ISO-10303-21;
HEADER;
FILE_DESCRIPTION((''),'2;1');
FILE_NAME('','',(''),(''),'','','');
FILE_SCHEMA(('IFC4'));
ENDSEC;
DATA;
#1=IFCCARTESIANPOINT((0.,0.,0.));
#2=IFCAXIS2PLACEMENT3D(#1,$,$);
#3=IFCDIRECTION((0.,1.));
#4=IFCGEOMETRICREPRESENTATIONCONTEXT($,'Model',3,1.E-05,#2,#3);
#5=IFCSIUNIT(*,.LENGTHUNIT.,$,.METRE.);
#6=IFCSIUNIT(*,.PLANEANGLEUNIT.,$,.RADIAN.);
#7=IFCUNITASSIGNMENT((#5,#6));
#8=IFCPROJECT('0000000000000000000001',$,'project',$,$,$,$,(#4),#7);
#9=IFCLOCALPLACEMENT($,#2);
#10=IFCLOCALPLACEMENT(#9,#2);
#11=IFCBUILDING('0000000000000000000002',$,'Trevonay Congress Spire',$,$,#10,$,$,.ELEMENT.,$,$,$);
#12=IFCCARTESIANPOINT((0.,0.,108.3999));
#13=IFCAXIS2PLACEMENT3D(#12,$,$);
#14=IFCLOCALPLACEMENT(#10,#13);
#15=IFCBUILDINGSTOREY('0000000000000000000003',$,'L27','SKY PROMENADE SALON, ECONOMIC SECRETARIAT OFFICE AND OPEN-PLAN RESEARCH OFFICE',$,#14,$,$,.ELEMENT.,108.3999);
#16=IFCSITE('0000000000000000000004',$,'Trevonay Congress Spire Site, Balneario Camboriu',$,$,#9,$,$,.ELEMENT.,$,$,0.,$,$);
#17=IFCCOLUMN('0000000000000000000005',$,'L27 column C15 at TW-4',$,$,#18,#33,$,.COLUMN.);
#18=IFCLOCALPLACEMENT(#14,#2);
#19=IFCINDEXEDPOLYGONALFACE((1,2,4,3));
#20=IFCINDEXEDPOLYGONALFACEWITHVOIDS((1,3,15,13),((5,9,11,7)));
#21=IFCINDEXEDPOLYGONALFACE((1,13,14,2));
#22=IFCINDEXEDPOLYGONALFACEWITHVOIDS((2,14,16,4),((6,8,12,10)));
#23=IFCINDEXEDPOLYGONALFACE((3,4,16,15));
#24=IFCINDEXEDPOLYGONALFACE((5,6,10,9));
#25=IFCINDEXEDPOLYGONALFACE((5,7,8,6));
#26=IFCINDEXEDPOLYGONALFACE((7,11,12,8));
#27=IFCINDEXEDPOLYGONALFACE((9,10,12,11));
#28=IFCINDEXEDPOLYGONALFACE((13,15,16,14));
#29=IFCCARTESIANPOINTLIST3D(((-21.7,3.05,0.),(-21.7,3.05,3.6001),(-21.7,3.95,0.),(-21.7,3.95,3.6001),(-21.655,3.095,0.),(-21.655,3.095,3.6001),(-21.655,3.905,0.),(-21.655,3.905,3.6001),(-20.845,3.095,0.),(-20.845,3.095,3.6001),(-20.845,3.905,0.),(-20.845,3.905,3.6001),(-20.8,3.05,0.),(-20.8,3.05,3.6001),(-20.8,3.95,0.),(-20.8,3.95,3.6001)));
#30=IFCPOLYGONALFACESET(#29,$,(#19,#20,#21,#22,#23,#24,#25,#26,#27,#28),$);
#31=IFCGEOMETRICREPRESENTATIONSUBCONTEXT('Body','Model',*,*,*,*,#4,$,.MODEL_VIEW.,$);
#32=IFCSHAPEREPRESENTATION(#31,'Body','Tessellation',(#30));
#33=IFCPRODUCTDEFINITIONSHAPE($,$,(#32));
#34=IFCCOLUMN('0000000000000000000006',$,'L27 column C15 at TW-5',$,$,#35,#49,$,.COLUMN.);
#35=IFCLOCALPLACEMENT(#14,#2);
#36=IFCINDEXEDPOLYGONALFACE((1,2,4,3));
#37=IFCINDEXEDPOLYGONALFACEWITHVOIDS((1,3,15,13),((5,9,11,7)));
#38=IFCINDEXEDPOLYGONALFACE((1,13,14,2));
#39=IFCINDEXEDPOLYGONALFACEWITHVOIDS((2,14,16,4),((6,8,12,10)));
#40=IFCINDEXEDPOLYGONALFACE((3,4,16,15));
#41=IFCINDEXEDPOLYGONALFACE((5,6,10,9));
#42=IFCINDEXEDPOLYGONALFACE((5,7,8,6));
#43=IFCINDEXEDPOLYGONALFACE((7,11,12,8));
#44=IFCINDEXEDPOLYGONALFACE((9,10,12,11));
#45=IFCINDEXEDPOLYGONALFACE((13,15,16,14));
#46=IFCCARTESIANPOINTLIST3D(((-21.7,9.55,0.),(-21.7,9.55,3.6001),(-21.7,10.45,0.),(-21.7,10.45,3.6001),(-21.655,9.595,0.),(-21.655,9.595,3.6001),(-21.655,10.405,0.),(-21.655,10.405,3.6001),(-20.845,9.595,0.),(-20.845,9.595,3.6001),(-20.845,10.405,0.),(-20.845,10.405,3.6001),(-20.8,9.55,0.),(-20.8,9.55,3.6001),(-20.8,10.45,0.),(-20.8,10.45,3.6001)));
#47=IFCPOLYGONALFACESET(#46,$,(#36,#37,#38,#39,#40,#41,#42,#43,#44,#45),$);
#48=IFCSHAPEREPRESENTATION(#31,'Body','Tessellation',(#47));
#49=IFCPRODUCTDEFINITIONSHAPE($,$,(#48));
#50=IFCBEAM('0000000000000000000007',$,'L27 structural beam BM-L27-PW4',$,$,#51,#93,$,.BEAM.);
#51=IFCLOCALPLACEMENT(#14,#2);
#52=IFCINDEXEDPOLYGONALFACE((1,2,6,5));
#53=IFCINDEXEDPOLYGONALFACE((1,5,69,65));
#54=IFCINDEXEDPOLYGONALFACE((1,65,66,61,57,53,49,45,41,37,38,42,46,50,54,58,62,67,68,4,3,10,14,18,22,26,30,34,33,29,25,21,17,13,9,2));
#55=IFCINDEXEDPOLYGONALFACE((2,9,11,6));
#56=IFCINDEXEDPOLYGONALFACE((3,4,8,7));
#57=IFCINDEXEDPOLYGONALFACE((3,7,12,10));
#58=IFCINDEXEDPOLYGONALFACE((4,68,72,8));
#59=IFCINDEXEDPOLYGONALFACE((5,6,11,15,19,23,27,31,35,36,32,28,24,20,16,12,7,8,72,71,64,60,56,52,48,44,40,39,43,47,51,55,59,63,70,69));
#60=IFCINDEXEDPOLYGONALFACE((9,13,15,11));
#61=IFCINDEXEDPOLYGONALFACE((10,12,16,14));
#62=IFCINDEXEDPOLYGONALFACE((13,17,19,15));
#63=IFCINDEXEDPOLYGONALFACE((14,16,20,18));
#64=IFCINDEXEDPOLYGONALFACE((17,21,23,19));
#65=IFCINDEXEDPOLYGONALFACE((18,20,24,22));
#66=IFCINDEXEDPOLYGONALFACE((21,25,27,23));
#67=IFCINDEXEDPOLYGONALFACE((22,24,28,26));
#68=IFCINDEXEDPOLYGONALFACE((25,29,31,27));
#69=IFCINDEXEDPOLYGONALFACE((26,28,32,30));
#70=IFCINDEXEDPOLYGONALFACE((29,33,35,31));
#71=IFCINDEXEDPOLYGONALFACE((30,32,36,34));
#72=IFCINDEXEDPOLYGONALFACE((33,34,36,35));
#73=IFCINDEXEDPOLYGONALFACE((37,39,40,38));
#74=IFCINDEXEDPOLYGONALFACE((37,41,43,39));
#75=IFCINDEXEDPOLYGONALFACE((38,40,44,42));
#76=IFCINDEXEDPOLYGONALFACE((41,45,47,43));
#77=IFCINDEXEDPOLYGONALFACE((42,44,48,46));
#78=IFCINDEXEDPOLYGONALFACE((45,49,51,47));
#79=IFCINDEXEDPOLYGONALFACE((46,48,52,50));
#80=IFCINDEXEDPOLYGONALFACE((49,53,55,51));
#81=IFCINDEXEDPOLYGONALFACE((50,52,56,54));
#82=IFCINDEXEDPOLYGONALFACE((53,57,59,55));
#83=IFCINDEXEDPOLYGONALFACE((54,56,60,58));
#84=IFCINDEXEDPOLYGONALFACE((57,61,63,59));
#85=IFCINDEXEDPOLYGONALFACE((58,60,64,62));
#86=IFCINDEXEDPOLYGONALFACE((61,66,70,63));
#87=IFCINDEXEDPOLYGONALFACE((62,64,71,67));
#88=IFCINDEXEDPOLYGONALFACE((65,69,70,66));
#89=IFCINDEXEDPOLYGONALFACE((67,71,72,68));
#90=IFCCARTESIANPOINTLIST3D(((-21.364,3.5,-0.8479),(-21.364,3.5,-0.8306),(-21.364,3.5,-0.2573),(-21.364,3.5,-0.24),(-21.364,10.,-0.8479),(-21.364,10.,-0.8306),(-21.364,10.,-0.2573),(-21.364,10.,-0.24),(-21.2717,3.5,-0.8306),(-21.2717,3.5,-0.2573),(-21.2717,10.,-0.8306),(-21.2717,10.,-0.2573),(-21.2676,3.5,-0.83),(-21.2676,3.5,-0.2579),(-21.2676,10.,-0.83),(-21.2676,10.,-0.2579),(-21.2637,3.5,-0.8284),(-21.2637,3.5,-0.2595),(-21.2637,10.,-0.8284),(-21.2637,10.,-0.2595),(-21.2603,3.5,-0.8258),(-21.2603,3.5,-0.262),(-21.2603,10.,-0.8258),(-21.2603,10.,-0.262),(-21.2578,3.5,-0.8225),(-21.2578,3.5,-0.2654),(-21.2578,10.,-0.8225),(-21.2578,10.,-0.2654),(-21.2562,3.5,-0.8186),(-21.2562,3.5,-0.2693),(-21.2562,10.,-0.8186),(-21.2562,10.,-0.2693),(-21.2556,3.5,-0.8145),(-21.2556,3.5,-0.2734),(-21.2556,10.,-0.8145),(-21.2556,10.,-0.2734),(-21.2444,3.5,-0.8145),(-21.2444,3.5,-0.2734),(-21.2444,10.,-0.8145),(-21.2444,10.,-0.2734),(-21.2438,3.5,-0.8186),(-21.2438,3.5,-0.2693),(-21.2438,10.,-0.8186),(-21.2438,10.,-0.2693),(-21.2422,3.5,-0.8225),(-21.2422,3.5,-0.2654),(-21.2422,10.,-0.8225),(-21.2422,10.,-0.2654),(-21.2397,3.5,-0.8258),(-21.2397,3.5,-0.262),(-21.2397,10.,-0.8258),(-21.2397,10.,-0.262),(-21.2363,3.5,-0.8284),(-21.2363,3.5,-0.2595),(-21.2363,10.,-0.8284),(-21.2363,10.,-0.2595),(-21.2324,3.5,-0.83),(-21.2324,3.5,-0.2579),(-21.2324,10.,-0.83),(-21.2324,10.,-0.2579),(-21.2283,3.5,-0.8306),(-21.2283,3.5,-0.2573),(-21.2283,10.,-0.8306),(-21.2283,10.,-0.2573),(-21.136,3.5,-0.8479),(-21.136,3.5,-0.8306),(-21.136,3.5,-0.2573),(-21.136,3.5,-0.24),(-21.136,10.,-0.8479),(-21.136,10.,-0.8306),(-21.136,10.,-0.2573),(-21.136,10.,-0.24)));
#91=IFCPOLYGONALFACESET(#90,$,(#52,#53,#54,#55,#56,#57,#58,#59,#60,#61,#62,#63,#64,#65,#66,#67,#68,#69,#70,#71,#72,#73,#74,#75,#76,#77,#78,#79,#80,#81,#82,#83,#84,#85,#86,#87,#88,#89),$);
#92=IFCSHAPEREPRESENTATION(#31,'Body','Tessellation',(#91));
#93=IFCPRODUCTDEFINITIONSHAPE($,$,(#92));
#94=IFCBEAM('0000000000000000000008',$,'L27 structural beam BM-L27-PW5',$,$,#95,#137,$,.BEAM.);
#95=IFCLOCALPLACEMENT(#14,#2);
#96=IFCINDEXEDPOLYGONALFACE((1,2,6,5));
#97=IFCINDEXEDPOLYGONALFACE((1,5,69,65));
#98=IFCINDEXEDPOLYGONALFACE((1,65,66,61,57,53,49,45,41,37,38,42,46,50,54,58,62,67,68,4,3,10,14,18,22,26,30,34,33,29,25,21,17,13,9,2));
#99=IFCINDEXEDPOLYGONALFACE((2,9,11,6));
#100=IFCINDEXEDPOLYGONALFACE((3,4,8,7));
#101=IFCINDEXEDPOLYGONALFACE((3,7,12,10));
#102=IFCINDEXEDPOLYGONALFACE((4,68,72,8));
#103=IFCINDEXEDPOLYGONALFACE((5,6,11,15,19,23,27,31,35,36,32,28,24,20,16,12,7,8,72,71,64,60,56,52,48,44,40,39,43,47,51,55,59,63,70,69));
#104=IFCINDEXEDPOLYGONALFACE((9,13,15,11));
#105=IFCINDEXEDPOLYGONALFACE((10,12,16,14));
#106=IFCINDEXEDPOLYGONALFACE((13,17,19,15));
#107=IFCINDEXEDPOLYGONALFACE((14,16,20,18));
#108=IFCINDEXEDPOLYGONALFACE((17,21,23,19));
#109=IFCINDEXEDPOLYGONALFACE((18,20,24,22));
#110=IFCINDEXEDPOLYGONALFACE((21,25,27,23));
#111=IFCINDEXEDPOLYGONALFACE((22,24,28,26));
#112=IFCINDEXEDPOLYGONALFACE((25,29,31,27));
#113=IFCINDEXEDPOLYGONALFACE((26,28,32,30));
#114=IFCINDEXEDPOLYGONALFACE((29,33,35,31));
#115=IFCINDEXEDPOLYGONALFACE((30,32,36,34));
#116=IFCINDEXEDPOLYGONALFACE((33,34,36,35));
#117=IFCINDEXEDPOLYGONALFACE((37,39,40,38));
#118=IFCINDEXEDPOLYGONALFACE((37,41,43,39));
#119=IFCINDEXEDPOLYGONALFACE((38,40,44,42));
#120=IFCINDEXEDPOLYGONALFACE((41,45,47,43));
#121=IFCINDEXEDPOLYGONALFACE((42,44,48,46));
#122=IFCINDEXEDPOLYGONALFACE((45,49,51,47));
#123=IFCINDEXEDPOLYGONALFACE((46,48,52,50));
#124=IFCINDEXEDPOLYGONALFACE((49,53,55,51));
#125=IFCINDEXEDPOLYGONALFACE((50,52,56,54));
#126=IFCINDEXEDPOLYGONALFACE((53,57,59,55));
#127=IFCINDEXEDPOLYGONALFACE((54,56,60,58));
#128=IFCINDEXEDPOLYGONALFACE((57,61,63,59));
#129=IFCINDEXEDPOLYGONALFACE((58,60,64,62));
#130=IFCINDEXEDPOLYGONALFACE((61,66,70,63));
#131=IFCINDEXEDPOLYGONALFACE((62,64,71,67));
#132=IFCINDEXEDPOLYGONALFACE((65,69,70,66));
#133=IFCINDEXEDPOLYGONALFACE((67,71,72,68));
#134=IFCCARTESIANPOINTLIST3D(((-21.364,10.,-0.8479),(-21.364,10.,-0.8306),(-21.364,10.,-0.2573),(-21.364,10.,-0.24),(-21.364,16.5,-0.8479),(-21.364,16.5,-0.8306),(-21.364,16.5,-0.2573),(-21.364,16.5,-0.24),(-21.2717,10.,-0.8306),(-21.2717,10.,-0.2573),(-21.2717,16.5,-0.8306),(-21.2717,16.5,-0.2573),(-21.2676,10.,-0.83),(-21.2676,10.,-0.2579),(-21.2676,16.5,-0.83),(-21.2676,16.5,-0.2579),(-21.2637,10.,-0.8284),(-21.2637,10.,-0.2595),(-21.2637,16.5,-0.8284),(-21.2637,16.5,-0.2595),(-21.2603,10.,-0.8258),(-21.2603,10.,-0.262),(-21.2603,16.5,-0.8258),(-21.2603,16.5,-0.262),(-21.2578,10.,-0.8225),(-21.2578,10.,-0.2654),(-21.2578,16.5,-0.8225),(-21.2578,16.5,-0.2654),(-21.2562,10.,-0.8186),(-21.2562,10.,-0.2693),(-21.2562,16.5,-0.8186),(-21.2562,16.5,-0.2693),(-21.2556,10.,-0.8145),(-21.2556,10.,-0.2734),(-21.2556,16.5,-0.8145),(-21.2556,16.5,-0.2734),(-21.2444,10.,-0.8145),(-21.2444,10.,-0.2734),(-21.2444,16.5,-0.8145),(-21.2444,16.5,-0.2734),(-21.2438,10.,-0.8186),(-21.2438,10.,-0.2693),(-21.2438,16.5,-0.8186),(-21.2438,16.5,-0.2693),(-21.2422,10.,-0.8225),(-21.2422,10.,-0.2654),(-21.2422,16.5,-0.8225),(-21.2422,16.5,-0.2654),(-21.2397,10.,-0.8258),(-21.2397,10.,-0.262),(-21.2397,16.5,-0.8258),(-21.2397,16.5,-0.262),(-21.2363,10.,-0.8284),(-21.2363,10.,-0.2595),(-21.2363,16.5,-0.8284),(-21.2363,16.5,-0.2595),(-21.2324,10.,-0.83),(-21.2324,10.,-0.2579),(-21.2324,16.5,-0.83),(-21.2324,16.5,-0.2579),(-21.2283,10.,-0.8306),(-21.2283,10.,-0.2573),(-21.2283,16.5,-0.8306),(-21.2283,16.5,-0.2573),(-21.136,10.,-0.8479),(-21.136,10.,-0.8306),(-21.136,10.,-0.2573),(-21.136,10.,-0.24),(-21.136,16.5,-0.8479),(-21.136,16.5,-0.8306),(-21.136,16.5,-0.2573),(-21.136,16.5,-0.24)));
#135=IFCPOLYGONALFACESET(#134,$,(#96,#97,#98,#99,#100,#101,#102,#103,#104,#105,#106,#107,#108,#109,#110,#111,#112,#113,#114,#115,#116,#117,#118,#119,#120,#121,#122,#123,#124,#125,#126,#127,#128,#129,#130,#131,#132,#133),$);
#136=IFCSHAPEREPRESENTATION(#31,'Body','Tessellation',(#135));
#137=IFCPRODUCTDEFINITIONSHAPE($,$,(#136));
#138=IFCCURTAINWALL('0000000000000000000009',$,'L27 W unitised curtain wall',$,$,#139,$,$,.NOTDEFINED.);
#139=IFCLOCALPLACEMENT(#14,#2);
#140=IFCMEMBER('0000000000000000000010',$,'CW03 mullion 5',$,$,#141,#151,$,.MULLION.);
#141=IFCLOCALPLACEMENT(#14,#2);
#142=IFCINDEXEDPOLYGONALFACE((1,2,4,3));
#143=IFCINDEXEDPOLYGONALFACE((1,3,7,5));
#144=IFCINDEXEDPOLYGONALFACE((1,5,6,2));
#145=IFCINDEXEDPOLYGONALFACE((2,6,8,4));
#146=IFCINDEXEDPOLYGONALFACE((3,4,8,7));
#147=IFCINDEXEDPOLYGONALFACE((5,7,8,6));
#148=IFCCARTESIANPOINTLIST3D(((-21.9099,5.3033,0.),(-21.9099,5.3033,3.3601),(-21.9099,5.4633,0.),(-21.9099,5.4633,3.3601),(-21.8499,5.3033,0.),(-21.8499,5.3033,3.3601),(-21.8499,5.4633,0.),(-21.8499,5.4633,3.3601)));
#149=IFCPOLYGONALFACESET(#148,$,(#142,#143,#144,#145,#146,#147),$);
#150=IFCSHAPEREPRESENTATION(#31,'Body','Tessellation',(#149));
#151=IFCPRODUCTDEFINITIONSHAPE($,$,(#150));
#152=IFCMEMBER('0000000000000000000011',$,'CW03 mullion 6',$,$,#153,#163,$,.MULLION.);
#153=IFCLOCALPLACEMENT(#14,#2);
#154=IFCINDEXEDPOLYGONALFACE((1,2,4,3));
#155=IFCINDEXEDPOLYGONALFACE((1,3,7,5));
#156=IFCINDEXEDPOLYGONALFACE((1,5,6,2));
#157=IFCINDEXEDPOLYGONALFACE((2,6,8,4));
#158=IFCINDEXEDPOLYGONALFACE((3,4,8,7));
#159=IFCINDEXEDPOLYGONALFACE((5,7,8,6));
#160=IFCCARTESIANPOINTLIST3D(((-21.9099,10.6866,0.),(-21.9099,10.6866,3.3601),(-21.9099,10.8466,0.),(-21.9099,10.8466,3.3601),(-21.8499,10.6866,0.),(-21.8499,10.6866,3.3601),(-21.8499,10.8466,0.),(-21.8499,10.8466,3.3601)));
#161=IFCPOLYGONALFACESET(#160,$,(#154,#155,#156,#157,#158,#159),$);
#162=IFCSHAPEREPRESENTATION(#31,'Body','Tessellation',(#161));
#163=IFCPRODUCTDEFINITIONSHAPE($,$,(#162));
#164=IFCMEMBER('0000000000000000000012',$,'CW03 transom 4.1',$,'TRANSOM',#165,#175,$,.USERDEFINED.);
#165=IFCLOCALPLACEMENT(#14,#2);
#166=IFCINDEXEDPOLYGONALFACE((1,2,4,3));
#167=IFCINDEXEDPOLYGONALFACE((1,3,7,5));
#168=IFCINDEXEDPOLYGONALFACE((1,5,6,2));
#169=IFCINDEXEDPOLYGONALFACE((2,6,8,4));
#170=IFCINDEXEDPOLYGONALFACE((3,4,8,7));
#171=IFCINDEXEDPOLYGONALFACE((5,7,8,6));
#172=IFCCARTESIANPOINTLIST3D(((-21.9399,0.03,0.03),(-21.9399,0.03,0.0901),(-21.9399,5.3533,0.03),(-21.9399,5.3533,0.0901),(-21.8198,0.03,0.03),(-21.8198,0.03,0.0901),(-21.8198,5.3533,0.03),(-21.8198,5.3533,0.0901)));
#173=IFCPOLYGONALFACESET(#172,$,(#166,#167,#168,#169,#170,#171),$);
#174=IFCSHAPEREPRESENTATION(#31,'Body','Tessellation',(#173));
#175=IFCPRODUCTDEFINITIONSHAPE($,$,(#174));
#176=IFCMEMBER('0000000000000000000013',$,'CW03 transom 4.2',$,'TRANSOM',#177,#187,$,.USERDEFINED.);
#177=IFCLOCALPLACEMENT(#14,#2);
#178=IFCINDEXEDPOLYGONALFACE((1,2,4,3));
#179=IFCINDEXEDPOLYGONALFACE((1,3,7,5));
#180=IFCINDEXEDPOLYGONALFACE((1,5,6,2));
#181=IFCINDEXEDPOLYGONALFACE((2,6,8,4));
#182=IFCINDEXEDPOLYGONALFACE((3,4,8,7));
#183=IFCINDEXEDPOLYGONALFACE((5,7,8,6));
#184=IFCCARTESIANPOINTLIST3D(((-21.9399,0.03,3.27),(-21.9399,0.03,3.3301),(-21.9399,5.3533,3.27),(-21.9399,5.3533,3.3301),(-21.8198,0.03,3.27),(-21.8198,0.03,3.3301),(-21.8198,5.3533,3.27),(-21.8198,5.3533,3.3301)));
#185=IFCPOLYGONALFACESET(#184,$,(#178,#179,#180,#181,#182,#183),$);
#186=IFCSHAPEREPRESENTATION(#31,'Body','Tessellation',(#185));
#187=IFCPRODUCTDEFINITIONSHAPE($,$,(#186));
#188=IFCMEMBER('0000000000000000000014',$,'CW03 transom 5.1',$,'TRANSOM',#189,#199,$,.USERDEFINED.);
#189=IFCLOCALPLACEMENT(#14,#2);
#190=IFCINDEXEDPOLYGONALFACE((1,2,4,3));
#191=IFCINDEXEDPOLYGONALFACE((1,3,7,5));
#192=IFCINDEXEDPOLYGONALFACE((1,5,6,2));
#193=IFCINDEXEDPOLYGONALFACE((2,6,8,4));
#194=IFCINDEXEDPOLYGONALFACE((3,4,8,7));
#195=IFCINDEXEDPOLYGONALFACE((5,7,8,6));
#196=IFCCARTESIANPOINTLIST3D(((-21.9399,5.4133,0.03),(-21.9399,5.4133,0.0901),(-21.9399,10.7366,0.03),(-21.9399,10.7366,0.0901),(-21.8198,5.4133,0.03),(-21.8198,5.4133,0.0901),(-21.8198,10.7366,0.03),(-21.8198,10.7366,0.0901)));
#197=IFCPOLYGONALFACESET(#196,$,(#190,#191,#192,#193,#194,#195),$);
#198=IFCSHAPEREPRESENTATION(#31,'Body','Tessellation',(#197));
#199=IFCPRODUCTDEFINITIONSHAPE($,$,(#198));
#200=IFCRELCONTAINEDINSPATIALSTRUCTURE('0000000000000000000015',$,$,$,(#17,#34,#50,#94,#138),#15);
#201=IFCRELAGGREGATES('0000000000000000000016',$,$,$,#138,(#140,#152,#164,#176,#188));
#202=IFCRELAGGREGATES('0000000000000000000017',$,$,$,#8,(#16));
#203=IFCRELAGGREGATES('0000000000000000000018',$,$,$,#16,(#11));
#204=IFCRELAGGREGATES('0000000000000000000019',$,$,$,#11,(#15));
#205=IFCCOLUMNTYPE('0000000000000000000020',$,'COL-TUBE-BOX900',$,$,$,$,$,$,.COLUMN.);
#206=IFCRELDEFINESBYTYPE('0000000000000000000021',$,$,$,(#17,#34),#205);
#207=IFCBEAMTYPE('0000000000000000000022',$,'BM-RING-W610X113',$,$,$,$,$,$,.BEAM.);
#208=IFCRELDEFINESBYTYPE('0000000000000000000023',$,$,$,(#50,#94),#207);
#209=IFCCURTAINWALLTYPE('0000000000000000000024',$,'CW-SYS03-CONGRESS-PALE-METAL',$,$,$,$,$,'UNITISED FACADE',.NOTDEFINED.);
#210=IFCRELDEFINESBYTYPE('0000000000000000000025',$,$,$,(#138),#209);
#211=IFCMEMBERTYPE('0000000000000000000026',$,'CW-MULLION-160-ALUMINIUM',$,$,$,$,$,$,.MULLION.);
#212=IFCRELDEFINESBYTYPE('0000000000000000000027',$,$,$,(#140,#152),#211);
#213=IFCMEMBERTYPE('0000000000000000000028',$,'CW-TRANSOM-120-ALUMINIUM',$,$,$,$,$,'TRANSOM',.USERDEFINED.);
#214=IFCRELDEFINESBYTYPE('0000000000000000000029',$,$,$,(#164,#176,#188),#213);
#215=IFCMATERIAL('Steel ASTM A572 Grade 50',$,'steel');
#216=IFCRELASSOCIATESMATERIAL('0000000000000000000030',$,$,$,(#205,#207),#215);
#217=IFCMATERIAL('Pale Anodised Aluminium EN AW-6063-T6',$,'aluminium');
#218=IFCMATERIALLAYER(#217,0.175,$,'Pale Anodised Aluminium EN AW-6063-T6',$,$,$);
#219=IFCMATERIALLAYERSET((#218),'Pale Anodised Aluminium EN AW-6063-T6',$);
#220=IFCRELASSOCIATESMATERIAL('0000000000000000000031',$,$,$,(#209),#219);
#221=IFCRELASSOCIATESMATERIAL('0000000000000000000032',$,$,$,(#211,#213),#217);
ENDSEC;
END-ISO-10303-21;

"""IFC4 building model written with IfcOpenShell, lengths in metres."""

from ifc_helpers import new_model, si_unit, direction, frame, origin, origin_2d, place, context, subcontext, project, spatial, rectangle, hollow_rectangle, i_section, extrude, material, layer, layer_set, material_profile, profile_set, type_object, element, aggregate, save


model = new_model("IFC4")

# Units and contexts
model_context = context("Model", 3, precision=1e-05, world=origin(), true_north=direction((0.0, 1.0)))
body_context = subcontext(model_context, "Body", "Model", "MODEL_VIEW")
ifc_project = project(units=[si_unit("LENGTHUNIT", "METRE"), si_unit("PLANEANGLEUNIT", "RADIAN")], contexts=[model_context])

# Site, building, storey
site_placement = place(None, origin())
site = spatial("IfcSite", under=ifc_project, at=site_placement, Name="Trevonay Congress Spire Site, Balneario Camboriu", CompositionType="ELEMENT", RefElevation=0.0)
building_placement = place(site_placement, origin())
building = spatial("IfcBuilding", under=site, at=building_placement, Name="Trevonay Congress Spire", CompositionType="ELEMENT")
storey_placement = place(building_placement, frame((0.0, 0.0, 108.3999)))
storey = spatial("IfcBuildingStorey", under=building, at=storey_placement, Name="L27", Description="SKY PROMENADE SALON, ECONOMIC SECRETARIAT OFFICE AND OPEN-PLAN RESEARCH OFFICE", CompositionType="ELEMENT", Elevation=108.3999)

# Columns
ifc_material_1 = material(Name="Steel ASTM A572 Grade 50", Category="steel")
ifc_material_profile_1 = material_profile(ifc_material_1, hollow_rectangle(XDim=0.8999, YDim=0.8999, WallThickness=0.0449, at=origin_2d()), Name="BOX 900x900x45")
ifc_profile_set_1 = profile_set([ifc_material_profile_1], Name="Steel ASTM A572 Grade 50")
column_type = type_object("IfcColumnType", Name="COL-TUBE-BOX900", PredefinedType="COLUMN", material=ifc_profile_set_1)
for number, where, z_axis, x_axis, name in (
    (1, (-21.25, 3.5, 0.0), (0.0, 0.0, 1.0), (1.0, 0.0, 0.0), "L27 column C15 at TW-4"),
    (2, (-21.25, 10.0, 0.0), (0.0, 0.0, 1.0), (1.0, 0.0, 0.0), "L27 column C15 at TW-5"),
):
    element("IfcColumn", number, at=place(storey_placement, frame(where, z_axis=z_axis, x_axis=x_axis)), inside=storey, type_object=column_type, Name=name, PredefinedType="COLUMN", context=body_context, shape_type="SweptSolid", body=[
        extrude(hollow_rectangle(XDim=0.8999, YDim=0.8999, WallThickness=0.0449, at=origin_2d()), origin(), (0.0, 0.0, 1.0), 3.6001),
    ])

# Beams
ifc_material_profile_2 = material_profile(ifc_material_1, i_section(OverallWidth=0.228, OverallDepth=0.6079, WebThickness=0.0112, FlangeThickness=0.0173, FilletRadius=0.0161, at=origin_2d()), Name="W610x113")
ifc_profile_set_2 = profile_set([ifc_material_profile_2], Name="Steel ASTM A572 Grade 50")
beam_type = type_object("IfcBeamType", Name="BM-RING-W610X113", PredefinedType="BEAM", material=ifc_profile_set_2)
for number, where, z_axis, x_axis, name in (
    (3, (-21.25, 3.5, -0.5439), (0.0, 1.0, 0.0), (-1.0, 0.0, 0.0), "L27 structural beam BM-L27-PW4"),
    (4, (-21.25, 10.0, -0.5439), (0.0, 1.0, 0.0), (-1.0, 0.0, 0.0), "L27 structural beam BM-L27-PW5"),
):
    element("IfcBeam", number, at=place(storey_placement, frame(where, z_axis=z_axis, x_axis=x_axis)), inside=storey, type_object=beam_type, Name=name, PredefinedType="BEAM", context=body_context, shape_type="SweptSolid", body=[
        extrude(i_section(OverallWidth=0.228, OverallDepth=0.6079, WebThickness=0.0112, FlangeThickness=0.0173, FilletRadius=0.0161, at=origin_2d()), origin(), (0.0, 0.0, 1.0), 6.5),
    ])

# Curtain wall, members
ifc_material_2 = material(Name="Pale Anodised Aluminium EN AW-6063-T6", Category="aluminium")
ifc_layer_1 = layer(ifc_material_2, 0.175, Name="Pale Anodised Aluminium EN AW-6063-T6")
ifc_layer_set_1 = layer_set([ifc_layer_1], Name="Pale Anodised Aluminium EN AW-6063-T6")
curtain_wall_type = type_object("IfcCurtainWallType", Name="CW-SYS03-CONGRESS-PALE-METAL", ElementType="UNITISED FACADE", PredefinedType="NOTDEFINED", material=ifc_layer_set_1)
curtain_wall_placement = place(storey_placement, origin())
curtain_wall = element("IfcCurtainWall", 5, at=curtain_wall_placement, inside=storey, type_object=curtain_wall_type, Name="L27 W unitised curtain wall", PredefinedType="NOTDEFINED")
ifc_material_profile_3 = material_profile(ifc_material_2, rectangle(XDim=0.0601, YDim=0.1599, at=origin_2d()), Name="CW-MULLION-160-ALUMINIUM")
ifc_profile_set_3 = profile_set([ifc_material_profile_3], Name="Pale Anodised Aluminium EN AW-6063-T6")
member_type_1 = type_object("IfcMemberType", Name="CW-MULLION-160-ALUMINIUM", PredefinedType="MULLION", material=ifc_profile_set_3)
member_1_placement = place(storey_placement, frame((-21.8799, 5.3833, 0.0), z_axis=(0.0, 0.0, 1.0), x_axis=(-1.0, 0.0, 0.0)))
member_1 = element("IfcMember", 6, at=member_1_placement, type_object=member_type_1, Name="CW03 mullion 5", PredefinedType="MULLION", context=body_context, shape_type="SweptSolid", body=[
    extrude(rectangle(XDim=0.0601, YDim=0.1599, at=origin_2d()), origin(), (0.0, 0.0, 1.0), 3.3601),
])
member_2_placement = place(storey_placement, frame((-21.8799, 10.7666, 0.0), z_axis=(0.0, 0.0, 1.0), x_axis=(-1.0, 0.0, 0.0)))
member_2 = element("IfcMember", 7, at=member_2_placement, type_object=member_type_1, Name="CW03 mullion 6", PredefinedType="MULLION", context=body_context, shape_type="SweptSolid", body=[
    extrude(rectangle(XDim=0.0601, YDim=0.1599, at=origin_2d()), origin(), (0.0, 0.0, 1.0), 3.3601),
])
ifc_material_profile_4 = material_profile(ifc_material_2, rectangle(XDim=0.1201, YDim=0.0601, at=origin_2d()), Name="CW-TRANSOM-120-ALUMINIUM")
ifc_profile_set_4 = profile_set([ifc_material_profile_4], Name="Pale Anodised Aluminium EN AW-6063-T6")
member_type_2 = type_object("IfcMemberType", Name="CW-TRANSOM-120-ALUMINIUM", ElementType="TRANSOM", PredefinedType="USERDEFINED", material=ifc_profile_set_4)
member_3_placement = place(storey_placement, frame((-21.8799, 0.03, 0.0601), z_axis=(0.0, 1.0, 0.0), x_axis=(-1.0, 0.0, 0.0)))
member_3 = element("IfcMember", 8, at=member_3_placement, type_object=member_type_2, Name="CW03 transom 4.1", ObjectType="TRANSOM", PredefinedType="USERDEFINED", context=body_context, shape_type="SweptSolid", body=[
    extrude(rectangle(XDim=0.1201, YDim=0.0601, at=origin_2d()), origin(), (0.0, 0.0, 1.0), 5.3232),
])
member_4_placement = place(storey_placement, frame((-21.8799, 0.03, 3.3), z_axis=(0.0, 1.0, 0.0), x_axis=(-1.0, 0.0, 0.0)))
member_4 = element("IfcMember", 9, at=member_4_placement, type_object=member_type_2, Name="CW03 transom 4.2", ObjectType="TRANSOM", PredefinedType="USERDEFINED", context=body_context, shape_type="SweptSolid", body=[
    extrude(rectangle(XDim=0.1201, YDim=0.0601, at=origin_2d()), origin(), (0.0, 0.0, 1.0), 5.3232),
])
member_5_placement = place(storey_placement, frame((-21.8799, 5.4133, 0.0601), z_axis=(0.0, 1.0, 0.0), x_axis=(-1.0, 0.0, 0.0)))
member_5 = element("IfcMember", 10, at=member_5_placement, type_object=member_type_2, Name="CW03 transom 5.1", ObjectType="TRANSOM", PredefinedType="USERDEFINED", context=body_context, shape_type="SweptSolid", body=[
    extrude(rectangle(XDim=0.1201, YDim=0.0601, at=origin_2d()), origin(), (0.0, 0.0, 1.0), 5.3232),
])
aggregate(curtain_wall, [member_1, member_2, member_3, member_4, member_5])

save(model, "model.ifc")
